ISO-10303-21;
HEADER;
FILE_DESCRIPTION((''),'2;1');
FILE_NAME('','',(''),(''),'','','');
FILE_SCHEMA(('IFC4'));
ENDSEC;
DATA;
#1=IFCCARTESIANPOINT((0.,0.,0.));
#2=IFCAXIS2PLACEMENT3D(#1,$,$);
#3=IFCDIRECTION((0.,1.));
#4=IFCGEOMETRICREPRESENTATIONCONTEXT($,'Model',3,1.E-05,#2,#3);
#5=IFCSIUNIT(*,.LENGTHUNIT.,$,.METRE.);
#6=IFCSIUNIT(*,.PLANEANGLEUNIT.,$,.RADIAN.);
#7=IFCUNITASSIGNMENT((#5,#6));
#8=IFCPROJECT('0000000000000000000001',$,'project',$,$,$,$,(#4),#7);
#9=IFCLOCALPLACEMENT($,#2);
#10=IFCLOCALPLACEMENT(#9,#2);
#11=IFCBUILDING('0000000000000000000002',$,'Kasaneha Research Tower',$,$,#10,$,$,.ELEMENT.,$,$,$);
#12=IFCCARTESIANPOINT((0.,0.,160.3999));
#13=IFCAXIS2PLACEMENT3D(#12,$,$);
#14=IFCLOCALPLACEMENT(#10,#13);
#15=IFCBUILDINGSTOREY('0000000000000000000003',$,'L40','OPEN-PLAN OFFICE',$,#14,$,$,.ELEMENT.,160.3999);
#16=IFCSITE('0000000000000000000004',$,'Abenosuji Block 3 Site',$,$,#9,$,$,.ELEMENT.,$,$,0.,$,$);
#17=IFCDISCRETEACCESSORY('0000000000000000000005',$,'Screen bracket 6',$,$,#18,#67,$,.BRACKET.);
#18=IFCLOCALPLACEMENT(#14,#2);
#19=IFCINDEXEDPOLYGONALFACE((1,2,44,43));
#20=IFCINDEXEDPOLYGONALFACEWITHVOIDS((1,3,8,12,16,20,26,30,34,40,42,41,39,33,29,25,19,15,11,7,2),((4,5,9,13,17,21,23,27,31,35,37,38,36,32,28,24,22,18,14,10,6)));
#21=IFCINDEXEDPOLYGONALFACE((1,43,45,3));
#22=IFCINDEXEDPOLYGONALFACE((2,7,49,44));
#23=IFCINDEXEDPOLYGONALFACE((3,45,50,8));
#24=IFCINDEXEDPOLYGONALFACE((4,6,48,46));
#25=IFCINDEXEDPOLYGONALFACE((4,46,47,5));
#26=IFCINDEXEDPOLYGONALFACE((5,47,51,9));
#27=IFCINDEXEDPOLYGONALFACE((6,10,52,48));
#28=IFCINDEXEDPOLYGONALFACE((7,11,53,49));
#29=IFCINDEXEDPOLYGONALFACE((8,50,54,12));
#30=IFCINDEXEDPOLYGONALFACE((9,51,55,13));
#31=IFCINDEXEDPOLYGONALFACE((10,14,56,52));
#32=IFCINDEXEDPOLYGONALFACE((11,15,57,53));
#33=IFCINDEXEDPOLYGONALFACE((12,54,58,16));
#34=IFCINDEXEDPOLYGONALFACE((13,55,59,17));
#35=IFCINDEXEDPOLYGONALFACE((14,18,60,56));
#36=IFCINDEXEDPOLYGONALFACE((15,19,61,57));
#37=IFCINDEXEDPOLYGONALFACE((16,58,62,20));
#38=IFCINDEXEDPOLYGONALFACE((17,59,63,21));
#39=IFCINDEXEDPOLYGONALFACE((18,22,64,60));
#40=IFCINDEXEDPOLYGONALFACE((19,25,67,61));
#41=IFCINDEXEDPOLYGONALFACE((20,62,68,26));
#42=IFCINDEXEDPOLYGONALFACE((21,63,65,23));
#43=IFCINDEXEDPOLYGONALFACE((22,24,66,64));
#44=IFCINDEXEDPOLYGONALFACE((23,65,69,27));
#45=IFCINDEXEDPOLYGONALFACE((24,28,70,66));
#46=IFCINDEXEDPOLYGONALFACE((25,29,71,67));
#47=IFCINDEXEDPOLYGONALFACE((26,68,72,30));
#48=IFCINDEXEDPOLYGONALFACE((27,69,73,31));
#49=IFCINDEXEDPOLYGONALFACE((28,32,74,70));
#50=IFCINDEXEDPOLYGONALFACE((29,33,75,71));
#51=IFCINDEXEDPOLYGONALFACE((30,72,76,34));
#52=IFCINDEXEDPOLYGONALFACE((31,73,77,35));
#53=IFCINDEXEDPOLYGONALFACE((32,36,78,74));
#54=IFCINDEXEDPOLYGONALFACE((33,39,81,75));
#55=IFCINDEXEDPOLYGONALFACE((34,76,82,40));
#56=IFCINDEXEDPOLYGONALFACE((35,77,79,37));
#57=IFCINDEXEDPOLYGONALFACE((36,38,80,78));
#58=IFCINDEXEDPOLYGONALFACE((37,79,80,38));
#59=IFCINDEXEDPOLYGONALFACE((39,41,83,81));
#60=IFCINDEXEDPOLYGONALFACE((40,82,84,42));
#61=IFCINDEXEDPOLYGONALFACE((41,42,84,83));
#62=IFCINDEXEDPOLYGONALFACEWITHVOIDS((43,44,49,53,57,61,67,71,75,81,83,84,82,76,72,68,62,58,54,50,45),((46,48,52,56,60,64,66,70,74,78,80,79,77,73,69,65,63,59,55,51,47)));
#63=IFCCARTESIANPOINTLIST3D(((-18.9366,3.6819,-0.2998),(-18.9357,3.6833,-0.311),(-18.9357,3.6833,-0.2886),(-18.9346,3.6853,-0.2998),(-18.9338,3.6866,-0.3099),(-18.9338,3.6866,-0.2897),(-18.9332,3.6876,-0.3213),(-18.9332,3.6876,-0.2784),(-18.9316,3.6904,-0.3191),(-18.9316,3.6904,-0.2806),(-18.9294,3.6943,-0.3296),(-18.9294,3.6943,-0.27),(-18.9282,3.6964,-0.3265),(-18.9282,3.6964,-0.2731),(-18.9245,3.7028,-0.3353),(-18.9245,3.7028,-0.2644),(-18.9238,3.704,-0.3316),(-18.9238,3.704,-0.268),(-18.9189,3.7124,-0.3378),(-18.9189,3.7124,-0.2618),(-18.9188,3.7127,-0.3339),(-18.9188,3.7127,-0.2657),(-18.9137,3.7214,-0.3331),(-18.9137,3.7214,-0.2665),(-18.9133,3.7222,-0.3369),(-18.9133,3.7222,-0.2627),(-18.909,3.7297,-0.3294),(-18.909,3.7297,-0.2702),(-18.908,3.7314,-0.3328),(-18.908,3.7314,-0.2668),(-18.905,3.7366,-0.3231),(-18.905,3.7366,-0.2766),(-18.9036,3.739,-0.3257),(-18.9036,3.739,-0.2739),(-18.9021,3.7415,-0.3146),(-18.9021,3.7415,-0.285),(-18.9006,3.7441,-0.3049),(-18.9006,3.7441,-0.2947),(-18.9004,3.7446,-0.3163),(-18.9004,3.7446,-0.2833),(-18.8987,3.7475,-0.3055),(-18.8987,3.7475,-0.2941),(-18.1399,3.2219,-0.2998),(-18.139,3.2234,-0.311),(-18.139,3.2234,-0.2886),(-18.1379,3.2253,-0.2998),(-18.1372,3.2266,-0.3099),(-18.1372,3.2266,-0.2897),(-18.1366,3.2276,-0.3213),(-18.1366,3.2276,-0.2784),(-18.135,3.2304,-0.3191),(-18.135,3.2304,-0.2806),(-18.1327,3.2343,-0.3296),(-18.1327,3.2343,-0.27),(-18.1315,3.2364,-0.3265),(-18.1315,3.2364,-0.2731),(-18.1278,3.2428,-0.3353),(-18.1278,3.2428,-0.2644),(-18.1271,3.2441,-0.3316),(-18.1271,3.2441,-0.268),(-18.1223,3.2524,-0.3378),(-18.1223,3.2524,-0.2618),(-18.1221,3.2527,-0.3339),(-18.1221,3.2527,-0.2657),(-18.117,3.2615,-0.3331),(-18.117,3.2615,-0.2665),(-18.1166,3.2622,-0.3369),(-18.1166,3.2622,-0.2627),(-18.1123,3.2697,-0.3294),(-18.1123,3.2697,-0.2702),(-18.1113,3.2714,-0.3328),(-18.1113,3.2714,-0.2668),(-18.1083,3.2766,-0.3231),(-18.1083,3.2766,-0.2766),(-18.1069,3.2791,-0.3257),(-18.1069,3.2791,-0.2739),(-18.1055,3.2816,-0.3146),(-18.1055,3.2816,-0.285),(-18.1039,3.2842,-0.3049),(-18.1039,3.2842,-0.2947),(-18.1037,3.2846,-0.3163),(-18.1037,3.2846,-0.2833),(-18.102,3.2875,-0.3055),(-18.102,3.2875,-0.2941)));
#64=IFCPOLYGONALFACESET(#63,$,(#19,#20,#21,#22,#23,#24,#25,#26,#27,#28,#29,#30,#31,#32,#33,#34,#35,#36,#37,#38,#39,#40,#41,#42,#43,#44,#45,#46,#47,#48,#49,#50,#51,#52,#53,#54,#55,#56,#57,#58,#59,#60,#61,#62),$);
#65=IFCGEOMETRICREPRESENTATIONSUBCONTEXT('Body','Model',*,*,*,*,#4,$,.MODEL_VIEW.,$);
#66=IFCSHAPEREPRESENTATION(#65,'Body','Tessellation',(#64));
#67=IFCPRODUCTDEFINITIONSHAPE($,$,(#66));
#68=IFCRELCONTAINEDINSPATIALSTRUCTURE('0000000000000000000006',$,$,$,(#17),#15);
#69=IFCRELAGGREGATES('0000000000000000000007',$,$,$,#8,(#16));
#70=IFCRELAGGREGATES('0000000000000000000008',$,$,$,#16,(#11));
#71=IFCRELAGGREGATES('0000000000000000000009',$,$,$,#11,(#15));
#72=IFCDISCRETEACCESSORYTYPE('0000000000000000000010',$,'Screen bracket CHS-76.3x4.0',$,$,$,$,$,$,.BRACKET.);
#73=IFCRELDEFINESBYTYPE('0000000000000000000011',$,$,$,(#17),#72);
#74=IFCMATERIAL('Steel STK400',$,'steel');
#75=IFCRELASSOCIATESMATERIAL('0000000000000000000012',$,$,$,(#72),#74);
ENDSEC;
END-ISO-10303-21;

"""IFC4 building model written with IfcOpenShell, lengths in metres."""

from ifc_helpers import new_model, si_unit, direction, frame, origin, origin_2d, place, context, subcontext, project, spatial, hollow_circle, extrude, material, material_profile, profile_set, type_object, element, save


model = new_model("IFC4")

# Units and contexts
model_context = context("Model", 3, precision=1e-05, world=origin(), true_north=direction((0.0, 1.0)))
body_context = subcontext(model_context, "Body", "Model", "MODEL_VIEW")
ifc_project = project(units=[si_unit("LENGTHUNIT", "METRE"), si_unit("PLANEANGLEUNIT", "RADIAN")], contexts=[model_context])

# Site, building, storey
site_placement = place(None, origin())
site = spatial("IfcSite", under=ifc_project, at=site_placement, Name="Abenosuji Block 3 Site", CompositionType="ELEMENT", RefElevation=0.0)
building_placement = place(site_placement, origin())
building = spatial("IfcBuilding", under=site, at=building_placement, Name="Kasaneha Research Tower", CompositionType="ELEMENT")
storey_placement = place(building_placement, frame((0.0, 0.0, 160.3999)))
storey = spatial("IfcBuildingStorey", under=building, at=storey_placement, Name="L40", Description="OPEN-PLAN OFFICE", CompositionType="ELEMENT", Elevation=160.3999)

# Discrete accessory
ifc_material_1 = material(Name="Steel STK400", Category="steel")
ifc_material_profile_1 = material_profile(ifc_material_1, hollow_circle(Radius=0.0381, WallThickness=0.0039, at=origin_2d()), Name="CHS-76.3x4.0")
ifc_profile_set_1 = profile_set([ifc_material_profile_1], Name="Steel STK400")
discrete_accessory_type = type_object("IfcDiscreteAccessoryType", Name="Screen bracket CHS-76.3x4.0", PredefinedType="BRACKET", material=ifc_profile_set_1)
for number, where, z_axis, x_axis, name in (
    (1, (-18.1208, 3.2549, -0.2998), (-0.866013, 0.500021, 0.0), (-0.500021, -0.866013, 0.0), "Screen bracket 6"),
):
    element("IfcDiscreteAccessory", number, at=place(storey_placement, frame(where, z_axis=z_axis, x_axis=x_axis)), inside=storey, type_object=discrete_accessory_type, Name=name, PredefinedType="BRACKET", context=body_context, shape_type="SweptSolid", body=[
        extrude(hollow_circle(Radius=0.0381, WallThickness=0.0039, at=origin_2d()), origin(), (0.0, 0.0, 1.0), 0.9199),
    ])

save(model, "model.ifc")
